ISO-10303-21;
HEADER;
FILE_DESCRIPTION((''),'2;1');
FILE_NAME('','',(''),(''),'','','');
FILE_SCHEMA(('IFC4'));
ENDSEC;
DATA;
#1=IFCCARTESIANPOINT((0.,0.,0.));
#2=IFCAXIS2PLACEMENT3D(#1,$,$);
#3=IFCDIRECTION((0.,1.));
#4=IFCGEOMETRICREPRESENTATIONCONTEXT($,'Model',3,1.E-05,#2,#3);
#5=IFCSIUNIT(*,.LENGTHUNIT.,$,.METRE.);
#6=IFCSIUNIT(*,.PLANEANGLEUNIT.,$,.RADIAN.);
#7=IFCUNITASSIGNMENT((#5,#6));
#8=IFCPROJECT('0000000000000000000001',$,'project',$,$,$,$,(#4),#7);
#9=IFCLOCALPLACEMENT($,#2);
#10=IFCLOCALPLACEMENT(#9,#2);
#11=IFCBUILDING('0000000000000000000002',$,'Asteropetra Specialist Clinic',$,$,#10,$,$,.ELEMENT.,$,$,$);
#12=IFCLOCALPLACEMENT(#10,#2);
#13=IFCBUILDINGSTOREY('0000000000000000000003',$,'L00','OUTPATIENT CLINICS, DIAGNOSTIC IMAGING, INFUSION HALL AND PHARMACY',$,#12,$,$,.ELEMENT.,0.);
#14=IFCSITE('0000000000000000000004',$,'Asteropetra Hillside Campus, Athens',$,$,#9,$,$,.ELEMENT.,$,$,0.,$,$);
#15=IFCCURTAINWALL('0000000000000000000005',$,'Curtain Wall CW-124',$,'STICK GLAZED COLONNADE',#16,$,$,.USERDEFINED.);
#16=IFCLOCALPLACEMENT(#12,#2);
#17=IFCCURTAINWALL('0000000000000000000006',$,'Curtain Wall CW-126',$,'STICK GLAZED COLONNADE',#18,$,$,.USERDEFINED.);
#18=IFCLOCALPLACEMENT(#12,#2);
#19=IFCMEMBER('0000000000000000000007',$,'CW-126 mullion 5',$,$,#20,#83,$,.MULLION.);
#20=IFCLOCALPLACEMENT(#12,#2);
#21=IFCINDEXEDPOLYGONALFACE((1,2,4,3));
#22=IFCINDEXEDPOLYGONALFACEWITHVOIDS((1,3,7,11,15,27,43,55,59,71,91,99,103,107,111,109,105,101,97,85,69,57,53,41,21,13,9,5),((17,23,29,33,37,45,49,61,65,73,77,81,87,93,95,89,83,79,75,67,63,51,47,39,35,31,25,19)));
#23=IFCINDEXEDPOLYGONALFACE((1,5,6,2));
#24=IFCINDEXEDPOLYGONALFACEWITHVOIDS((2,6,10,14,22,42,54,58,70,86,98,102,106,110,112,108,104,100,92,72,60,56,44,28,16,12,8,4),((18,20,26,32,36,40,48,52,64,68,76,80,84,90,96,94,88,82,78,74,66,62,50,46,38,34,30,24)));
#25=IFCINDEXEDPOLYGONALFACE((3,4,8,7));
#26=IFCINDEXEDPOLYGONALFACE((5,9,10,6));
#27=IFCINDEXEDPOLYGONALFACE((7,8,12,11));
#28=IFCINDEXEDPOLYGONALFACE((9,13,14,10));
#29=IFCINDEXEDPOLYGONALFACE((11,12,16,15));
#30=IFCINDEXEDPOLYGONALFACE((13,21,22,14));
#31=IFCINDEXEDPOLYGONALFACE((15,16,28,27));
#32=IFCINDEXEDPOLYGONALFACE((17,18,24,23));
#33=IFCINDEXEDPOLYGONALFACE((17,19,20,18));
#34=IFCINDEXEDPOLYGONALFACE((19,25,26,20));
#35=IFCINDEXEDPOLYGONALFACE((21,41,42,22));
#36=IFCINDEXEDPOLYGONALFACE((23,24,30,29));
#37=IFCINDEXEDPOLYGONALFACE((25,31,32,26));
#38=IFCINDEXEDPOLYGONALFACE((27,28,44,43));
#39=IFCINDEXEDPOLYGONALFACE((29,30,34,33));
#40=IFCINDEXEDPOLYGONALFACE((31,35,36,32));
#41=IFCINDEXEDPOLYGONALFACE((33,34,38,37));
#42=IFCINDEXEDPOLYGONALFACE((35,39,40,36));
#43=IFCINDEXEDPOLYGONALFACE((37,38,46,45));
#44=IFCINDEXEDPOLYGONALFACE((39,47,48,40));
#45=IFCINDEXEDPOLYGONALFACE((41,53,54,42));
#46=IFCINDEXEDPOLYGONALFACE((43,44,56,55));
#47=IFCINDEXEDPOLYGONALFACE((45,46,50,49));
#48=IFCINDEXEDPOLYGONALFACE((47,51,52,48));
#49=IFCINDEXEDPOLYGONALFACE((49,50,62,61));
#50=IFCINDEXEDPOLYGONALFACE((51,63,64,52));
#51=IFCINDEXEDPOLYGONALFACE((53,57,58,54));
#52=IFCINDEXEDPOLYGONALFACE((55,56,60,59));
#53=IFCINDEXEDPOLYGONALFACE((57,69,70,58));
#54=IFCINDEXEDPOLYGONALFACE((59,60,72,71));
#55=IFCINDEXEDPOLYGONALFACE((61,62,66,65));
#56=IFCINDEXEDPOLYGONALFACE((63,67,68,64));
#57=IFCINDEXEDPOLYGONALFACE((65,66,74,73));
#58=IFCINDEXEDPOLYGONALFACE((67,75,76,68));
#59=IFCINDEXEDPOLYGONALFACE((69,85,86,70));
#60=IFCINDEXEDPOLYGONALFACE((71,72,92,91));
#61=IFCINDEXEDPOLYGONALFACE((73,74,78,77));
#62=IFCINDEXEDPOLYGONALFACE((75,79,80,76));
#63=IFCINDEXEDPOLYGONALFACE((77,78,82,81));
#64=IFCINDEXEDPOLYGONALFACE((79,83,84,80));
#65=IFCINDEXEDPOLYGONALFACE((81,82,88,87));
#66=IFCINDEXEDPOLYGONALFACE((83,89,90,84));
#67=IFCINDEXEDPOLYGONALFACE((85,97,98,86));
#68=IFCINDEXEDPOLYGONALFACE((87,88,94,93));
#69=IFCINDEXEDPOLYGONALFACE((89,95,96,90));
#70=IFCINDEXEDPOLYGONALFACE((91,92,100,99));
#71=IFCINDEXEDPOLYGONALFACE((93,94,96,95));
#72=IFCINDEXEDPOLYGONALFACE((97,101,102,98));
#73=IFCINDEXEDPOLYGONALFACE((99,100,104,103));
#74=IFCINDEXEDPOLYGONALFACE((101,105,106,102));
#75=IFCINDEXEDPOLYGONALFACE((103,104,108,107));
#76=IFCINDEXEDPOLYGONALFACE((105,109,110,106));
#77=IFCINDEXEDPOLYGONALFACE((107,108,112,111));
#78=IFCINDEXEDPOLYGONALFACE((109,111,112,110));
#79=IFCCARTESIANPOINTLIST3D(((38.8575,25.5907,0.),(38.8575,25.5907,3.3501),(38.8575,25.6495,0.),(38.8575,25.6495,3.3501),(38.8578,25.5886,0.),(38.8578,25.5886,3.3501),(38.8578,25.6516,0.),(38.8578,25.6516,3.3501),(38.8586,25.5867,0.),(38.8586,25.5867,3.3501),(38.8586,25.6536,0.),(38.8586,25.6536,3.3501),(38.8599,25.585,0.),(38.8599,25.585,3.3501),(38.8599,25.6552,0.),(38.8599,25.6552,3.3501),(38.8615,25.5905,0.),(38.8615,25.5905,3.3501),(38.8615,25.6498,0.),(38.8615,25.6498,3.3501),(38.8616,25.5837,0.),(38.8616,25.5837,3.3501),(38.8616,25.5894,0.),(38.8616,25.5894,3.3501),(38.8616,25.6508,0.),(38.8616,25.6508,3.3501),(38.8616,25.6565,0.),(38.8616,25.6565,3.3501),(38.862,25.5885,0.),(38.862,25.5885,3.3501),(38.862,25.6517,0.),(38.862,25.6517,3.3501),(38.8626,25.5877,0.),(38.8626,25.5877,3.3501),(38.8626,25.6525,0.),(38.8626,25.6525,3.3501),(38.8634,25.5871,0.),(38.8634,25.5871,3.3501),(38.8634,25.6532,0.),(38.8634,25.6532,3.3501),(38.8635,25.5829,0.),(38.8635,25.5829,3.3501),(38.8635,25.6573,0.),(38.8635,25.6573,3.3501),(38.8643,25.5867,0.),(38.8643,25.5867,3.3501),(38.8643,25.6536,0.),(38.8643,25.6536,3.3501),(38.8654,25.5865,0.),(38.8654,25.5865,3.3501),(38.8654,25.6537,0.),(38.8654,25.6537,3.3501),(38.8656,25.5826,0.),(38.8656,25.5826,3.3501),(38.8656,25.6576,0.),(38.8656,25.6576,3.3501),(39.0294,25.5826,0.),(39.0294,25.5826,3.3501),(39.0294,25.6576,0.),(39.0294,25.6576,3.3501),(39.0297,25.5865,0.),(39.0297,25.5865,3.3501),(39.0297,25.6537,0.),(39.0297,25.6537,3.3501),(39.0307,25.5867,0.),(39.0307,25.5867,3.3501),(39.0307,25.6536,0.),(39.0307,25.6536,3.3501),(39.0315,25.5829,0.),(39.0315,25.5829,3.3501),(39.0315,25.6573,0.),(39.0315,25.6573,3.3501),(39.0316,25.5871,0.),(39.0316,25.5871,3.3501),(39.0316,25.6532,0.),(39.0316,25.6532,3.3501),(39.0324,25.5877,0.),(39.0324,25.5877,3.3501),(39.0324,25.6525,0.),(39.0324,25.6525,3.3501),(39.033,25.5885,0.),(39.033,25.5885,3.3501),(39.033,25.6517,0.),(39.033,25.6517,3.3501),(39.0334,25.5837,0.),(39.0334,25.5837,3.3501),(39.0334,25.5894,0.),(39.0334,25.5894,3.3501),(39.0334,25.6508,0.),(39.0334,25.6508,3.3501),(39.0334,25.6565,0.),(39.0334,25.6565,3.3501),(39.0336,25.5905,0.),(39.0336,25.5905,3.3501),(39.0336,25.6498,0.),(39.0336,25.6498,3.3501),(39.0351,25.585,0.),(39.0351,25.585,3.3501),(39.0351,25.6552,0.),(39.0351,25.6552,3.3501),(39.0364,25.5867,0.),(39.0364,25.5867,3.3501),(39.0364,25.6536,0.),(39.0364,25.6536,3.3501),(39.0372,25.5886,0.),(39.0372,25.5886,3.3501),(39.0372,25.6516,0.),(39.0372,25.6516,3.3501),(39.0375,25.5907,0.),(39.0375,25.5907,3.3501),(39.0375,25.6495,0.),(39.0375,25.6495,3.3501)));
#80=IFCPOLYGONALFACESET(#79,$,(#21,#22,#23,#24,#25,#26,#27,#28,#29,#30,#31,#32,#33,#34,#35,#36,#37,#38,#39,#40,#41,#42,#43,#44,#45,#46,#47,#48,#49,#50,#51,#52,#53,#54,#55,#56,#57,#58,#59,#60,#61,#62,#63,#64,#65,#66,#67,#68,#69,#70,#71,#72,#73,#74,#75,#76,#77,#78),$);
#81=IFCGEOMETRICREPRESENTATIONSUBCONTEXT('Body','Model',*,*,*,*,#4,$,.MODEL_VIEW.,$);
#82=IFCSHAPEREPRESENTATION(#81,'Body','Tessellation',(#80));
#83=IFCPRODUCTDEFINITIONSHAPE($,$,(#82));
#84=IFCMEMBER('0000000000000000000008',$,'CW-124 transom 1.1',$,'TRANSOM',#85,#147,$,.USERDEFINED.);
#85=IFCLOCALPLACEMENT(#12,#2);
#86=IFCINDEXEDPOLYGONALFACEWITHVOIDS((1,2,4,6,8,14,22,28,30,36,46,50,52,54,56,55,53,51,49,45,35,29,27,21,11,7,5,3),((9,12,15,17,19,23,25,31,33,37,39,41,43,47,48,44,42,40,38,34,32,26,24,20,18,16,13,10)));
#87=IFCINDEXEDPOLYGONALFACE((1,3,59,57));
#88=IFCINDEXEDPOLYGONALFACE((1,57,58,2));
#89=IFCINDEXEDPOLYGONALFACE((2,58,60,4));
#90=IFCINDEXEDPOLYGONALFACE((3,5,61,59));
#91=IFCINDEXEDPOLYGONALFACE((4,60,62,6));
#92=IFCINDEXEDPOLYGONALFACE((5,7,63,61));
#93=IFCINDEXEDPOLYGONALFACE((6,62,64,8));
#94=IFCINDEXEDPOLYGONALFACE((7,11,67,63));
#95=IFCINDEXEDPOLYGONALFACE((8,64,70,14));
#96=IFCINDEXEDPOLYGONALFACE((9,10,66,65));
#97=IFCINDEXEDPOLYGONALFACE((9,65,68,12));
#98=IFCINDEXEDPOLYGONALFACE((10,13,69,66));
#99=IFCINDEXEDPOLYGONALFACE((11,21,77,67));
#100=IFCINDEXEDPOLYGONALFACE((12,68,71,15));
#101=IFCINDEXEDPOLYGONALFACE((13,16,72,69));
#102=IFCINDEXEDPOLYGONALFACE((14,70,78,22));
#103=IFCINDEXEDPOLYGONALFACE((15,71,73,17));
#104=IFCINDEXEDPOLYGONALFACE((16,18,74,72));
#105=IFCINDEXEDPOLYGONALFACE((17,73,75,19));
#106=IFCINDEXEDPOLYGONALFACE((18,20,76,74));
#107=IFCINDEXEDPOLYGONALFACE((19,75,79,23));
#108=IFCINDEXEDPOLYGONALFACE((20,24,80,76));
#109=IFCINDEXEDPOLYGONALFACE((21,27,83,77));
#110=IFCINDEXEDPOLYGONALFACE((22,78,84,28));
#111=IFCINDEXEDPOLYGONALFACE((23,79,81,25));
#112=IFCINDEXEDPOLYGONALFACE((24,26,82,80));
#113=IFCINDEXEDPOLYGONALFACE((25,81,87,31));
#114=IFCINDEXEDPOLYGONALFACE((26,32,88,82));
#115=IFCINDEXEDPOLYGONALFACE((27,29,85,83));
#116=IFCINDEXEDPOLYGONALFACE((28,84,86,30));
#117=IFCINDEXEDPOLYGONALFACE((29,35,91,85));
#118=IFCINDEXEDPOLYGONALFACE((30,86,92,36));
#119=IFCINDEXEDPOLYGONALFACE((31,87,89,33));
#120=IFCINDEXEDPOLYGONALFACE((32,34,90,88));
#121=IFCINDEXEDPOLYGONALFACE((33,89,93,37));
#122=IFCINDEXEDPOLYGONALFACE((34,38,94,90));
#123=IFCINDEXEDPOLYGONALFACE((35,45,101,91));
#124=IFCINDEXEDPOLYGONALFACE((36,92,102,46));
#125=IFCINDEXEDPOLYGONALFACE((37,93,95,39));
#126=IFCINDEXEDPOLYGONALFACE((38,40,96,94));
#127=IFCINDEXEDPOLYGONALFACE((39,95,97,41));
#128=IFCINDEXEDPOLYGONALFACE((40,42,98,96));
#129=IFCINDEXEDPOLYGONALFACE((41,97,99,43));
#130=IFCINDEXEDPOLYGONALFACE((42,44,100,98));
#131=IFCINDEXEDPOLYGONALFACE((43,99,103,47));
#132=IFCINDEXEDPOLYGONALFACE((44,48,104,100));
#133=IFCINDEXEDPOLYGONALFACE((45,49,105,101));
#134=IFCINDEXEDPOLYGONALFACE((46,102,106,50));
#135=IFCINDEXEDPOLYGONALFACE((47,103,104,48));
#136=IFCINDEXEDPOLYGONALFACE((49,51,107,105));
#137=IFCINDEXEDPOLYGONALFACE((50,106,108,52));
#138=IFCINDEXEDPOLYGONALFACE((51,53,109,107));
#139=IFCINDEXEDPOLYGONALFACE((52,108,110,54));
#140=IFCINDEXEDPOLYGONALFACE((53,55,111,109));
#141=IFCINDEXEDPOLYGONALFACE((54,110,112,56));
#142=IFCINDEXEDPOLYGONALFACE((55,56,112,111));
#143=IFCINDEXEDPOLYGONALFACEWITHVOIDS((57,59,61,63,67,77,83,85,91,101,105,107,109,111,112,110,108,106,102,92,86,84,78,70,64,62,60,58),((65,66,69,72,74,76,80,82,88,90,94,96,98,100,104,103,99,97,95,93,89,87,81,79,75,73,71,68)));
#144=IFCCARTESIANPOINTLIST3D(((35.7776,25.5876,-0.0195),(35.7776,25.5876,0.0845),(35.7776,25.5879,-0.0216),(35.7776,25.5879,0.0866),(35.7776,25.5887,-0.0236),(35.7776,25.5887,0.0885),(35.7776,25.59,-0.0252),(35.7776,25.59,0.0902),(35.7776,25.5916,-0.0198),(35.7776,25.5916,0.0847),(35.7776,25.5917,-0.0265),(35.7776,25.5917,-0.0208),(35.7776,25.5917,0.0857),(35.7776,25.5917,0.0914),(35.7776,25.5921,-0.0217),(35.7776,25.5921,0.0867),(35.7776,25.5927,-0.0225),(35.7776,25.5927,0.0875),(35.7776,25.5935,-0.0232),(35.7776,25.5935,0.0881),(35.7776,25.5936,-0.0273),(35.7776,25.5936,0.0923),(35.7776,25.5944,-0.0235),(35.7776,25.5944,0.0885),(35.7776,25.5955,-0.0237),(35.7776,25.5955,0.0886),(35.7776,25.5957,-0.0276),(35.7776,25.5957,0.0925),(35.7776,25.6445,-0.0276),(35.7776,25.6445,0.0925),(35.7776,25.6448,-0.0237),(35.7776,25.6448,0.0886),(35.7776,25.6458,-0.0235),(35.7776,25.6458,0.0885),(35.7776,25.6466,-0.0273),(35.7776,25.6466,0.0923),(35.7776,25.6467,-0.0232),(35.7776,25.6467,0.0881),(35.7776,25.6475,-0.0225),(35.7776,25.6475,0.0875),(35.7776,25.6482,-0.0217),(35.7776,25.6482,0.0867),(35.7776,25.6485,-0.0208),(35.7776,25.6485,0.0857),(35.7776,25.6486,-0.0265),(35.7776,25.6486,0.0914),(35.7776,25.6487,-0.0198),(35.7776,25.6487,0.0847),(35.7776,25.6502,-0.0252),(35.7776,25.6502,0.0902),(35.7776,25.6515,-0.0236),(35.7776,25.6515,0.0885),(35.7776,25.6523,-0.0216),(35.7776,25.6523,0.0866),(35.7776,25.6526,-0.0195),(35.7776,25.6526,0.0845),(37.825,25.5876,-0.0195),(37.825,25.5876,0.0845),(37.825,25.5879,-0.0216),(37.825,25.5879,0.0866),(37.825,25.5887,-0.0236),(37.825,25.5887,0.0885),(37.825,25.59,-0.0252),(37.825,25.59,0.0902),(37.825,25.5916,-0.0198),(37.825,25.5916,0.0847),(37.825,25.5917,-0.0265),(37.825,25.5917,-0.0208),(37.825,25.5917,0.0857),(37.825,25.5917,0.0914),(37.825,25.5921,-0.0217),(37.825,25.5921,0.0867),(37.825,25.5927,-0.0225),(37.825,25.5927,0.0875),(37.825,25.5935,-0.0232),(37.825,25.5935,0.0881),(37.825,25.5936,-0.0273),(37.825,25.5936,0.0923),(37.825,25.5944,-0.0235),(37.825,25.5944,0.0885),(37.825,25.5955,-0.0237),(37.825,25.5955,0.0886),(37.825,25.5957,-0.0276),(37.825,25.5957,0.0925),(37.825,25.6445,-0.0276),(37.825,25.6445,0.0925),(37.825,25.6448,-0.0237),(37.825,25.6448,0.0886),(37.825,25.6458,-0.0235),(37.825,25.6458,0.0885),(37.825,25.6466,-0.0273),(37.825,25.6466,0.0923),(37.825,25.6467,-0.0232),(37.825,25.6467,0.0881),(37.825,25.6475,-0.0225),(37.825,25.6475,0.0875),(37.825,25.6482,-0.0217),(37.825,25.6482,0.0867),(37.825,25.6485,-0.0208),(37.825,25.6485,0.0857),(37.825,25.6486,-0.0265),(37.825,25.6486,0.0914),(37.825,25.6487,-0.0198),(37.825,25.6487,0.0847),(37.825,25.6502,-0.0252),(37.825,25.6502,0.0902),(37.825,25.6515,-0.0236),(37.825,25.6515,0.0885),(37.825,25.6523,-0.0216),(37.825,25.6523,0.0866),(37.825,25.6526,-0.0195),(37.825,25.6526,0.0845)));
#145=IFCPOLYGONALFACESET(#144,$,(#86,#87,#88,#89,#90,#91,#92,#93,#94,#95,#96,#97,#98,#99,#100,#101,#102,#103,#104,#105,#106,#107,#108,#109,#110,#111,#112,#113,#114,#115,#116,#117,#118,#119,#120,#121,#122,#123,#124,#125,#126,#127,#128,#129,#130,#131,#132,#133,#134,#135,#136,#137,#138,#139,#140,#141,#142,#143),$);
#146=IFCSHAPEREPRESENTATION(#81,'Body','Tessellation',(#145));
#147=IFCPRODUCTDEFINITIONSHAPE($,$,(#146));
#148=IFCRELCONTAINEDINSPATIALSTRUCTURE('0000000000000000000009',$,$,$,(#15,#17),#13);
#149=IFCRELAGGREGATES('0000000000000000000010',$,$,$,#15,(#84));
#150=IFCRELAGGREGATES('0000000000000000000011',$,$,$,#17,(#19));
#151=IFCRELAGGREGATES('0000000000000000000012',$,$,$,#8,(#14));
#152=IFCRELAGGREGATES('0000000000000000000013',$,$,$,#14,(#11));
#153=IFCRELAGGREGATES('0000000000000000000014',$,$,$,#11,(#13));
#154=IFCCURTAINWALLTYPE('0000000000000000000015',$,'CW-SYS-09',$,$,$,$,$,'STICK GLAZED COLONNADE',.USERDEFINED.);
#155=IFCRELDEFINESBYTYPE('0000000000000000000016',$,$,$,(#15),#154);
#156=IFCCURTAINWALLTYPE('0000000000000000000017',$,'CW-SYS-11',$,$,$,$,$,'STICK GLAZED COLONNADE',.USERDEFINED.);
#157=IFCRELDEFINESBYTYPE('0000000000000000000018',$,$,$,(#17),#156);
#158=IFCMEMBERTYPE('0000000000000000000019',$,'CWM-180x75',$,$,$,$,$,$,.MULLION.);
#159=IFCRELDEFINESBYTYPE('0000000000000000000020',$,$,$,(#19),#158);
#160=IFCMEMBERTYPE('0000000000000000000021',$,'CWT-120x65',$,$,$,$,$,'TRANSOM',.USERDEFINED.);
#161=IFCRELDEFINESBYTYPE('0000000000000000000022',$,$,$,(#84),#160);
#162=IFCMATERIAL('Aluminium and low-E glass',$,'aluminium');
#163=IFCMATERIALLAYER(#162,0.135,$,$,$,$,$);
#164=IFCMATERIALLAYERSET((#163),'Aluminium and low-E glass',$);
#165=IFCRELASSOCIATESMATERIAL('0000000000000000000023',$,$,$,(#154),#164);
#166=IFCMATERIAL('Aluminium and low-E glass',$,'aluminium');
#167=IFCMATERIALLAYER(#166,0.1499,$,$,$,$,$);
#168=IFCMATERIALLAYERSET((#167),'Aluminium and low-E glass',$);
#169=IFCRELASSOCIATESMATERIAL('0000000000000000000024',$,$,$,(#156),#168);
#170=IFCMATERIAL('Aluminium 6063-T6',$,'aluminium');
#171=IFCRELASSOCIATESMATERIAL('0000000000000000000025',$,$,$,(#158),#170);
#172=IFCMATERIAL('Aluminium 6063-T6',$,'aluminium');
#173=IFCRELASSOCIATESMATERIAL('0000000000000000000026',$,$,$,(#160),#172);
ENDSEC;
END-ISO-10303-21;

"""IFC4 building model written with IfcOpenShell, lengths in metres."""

from ifc_helpers import new_model, si_unit, direction, frame, origin, origin_2d, place, context, subcontext, project, spatial, hollow_rectangle, extrude, material, layer, layer_set, material_profile, profile_set, type_object, element, aggregate, save


model = new_model("IFC4")

# Units and contexts
model_context = context("Model", 3, precision=1e-05, world=origin(), true_north=direction((0.0, 1.0)))
body_context = subcontext(model_context, "Body", "Model", "MODEL_VIEW")
ifc_project = project(units=[si_unit("LENGTHUNIT", "METRE"), si_unit("PLANEANGLEUNIT", "RADIAN")], contexts=[model_context])

# Site, building, storey
site_placement = place(None, origin())
site = spatial("IfcSite", under=ifc_project, at=site_placement, Name="Asteropetra Hillside Campus, Athens", CompositionType="ELEMENT", RefElevation=0.0)
building_placement = place(site_placement, origin())
building = spatial("IfcBuilding", under=site, at=building_placement, Name="Asteropetra Specialist Clinic", CompositionType="ELEMENT")
storey_placement = place(building_placement, origin())
storey = spatial("IfcBuildingStorey", under=building, at=storey_placement, Name="L00", Description="OUTPATIENT CLINICS, DIAGNOSTIC IMAGING, INFUSION HALL AND PHARMACY", CompositionType="ELEMENT", Elevation=0.0)

# Curtain wall
ifc_material_1 = material(Name="Aluminium and low-E glass", Category="aluminium")
ifc_layer_1 = layer(ifc_material_1, 0.135)
ifc_layer_set_1 = layer_set([ifc_layer_1], Name="Aluminium and low-E glass")
curtain_wall_type_1 = type_object("IfcCurtainWallType", Name="CW-SYS-09", ElementType="STICK GLAZED COLONNADE", PredefinedType="USERDEFINED", material=ifc_layer_set_1)
curtain_wall_1_placement = place(storey_placement, origin())
curtain_wall_1 = element("IfcCurtainWall", 1, at=curtain_wall_1_placement, inside=storey, type_object=curtain_wall_type_1, Name="Curtain Wall CW-124", ObjectType="STICK GLAZED COLONNADE", PredefinedType="USERDEFINED")

# Curtain wall, member
ifc_material_2 = material(Name="Aluminium and low-E glass", Category="aluminium")
ifc_layer_2 = layer(ifc_material_2, 0.1499)
ifc_layer_set_2 = layer_set([ifc_layer_2], Name="Aluminium and low-E glass")
curtain_wall_type_2 = type_object("IfcCurtainWallType", Name="CW-SYS-11", ElementType="STICK GLAZED COLONNADE", PredefinedType="USERDEFINED", material=ifc_layer_set_2)
curtain_wall_2_placement = place(storey_placement, origin())
curtain_wall_2 = element("IfcCurtainWall", 2, at=curtain_wall_2_placement, inside=storey, type_object=curtain_wall_type_2, Name="Curtain Wall CW-126", ObjectType="STICK GLAZED COLONNADE", PredefinedType="USERDEFINED")
ifc_material_3 = material(Name="Aluminium 6063-T6", Category="aluminium")
ifc_material_profile_1 = material_profile(ifc_material_3, hollow_rectangle(XDim=0.075, YDim=0.1799, WallThickness=0.0039, InnerFilletRadius=0.0039, OuterFilletRadius=0.0081, at=origin_2d()), Name="MUL 180x75x4.0")
ifc_profile_set_1 = profile_set([ifc_material_profile_1], Name="Aluminium 6063-T6")
member_type_1 = type_object("IfcMemberType", Name="CWM-180x75", PredefinedType="MULLION", material=ifc_profile_set_1)
member_1_placement = place(storey_placement, frame((38.9475, 25.6201, 0.0), z_axis=(0.0, 0.0, 1.0), x_axis=(0.0, -1.0, 0.0)))
member_1 = element("IfcMember", 3, at=member_1_placement, type_object=member_type_1, Name="CW-126 mullion 5", PredefinedType="MULLION", context=body_context, shape_type="SweptSolid", body=[
    extrude(hollow_rectangle(XDim=0.075, YDim=0.1799, WallThickness=0.0039, InnerFilletRadius=0.0039, OuterFilletRadius=0.0081, at=origin_2d()), origin(), (0.0, 0.0, 1.0), 3.3501),
])

# Member
ifc_material_4 = material(Name="Aluminium 6063-T6", Category="aluminium")
ifc_material_profile_2 = material_profile(ifc_material_4, hollow_rectangle(XDim=0.0649, YDim=0.1201, WallThickness=0.0039, InnerFilletRadius=0.0039, OuterFilletRadius=0.0081, at=origin_2d()), Name="TRN 120x65x4.0")
ifc_profile_set_2 = profile_set([ifc_material_profile_2], Name="Aluminium 6063-T6")
member_type_2 = type_object("IfcMemberType", Name="CWT-120x65", ElementType="TRANSOM", PredefinedType="USERDEFINED", material=ifc_profile_set_2)
member_2_placement = place(storey_placement, frame((37.825, 25.6201, 0.0325), z_axis=(-1.0, 0.0, 0.0), x_axis=(0.0, -1.0, 0.0)))
member_2 = element("IfcMember", 4, at=member_2_placement, type_object=member_type_2, Name="CW-124 transom 1.1", ObjectType="TRANSOM", PredefinedType="USERDEFINED", context=body_context, shape_type="SweptSolid", body=[
    extrude(hollow_rectangle(XDim=0.0649, YDim=0.1201, WallThickness=0.0039, InnerFilletRadius=0.0039, OuterFilletRadius=0.0081, at=origin_2d()), origin(), (0.0, 0.0, 1.0), 2.0474),
])

aggregate(curtain_wall_1, [member_2])
aggregate(curtain_wall_2, [member_1])

save(model, "model.ifc")
